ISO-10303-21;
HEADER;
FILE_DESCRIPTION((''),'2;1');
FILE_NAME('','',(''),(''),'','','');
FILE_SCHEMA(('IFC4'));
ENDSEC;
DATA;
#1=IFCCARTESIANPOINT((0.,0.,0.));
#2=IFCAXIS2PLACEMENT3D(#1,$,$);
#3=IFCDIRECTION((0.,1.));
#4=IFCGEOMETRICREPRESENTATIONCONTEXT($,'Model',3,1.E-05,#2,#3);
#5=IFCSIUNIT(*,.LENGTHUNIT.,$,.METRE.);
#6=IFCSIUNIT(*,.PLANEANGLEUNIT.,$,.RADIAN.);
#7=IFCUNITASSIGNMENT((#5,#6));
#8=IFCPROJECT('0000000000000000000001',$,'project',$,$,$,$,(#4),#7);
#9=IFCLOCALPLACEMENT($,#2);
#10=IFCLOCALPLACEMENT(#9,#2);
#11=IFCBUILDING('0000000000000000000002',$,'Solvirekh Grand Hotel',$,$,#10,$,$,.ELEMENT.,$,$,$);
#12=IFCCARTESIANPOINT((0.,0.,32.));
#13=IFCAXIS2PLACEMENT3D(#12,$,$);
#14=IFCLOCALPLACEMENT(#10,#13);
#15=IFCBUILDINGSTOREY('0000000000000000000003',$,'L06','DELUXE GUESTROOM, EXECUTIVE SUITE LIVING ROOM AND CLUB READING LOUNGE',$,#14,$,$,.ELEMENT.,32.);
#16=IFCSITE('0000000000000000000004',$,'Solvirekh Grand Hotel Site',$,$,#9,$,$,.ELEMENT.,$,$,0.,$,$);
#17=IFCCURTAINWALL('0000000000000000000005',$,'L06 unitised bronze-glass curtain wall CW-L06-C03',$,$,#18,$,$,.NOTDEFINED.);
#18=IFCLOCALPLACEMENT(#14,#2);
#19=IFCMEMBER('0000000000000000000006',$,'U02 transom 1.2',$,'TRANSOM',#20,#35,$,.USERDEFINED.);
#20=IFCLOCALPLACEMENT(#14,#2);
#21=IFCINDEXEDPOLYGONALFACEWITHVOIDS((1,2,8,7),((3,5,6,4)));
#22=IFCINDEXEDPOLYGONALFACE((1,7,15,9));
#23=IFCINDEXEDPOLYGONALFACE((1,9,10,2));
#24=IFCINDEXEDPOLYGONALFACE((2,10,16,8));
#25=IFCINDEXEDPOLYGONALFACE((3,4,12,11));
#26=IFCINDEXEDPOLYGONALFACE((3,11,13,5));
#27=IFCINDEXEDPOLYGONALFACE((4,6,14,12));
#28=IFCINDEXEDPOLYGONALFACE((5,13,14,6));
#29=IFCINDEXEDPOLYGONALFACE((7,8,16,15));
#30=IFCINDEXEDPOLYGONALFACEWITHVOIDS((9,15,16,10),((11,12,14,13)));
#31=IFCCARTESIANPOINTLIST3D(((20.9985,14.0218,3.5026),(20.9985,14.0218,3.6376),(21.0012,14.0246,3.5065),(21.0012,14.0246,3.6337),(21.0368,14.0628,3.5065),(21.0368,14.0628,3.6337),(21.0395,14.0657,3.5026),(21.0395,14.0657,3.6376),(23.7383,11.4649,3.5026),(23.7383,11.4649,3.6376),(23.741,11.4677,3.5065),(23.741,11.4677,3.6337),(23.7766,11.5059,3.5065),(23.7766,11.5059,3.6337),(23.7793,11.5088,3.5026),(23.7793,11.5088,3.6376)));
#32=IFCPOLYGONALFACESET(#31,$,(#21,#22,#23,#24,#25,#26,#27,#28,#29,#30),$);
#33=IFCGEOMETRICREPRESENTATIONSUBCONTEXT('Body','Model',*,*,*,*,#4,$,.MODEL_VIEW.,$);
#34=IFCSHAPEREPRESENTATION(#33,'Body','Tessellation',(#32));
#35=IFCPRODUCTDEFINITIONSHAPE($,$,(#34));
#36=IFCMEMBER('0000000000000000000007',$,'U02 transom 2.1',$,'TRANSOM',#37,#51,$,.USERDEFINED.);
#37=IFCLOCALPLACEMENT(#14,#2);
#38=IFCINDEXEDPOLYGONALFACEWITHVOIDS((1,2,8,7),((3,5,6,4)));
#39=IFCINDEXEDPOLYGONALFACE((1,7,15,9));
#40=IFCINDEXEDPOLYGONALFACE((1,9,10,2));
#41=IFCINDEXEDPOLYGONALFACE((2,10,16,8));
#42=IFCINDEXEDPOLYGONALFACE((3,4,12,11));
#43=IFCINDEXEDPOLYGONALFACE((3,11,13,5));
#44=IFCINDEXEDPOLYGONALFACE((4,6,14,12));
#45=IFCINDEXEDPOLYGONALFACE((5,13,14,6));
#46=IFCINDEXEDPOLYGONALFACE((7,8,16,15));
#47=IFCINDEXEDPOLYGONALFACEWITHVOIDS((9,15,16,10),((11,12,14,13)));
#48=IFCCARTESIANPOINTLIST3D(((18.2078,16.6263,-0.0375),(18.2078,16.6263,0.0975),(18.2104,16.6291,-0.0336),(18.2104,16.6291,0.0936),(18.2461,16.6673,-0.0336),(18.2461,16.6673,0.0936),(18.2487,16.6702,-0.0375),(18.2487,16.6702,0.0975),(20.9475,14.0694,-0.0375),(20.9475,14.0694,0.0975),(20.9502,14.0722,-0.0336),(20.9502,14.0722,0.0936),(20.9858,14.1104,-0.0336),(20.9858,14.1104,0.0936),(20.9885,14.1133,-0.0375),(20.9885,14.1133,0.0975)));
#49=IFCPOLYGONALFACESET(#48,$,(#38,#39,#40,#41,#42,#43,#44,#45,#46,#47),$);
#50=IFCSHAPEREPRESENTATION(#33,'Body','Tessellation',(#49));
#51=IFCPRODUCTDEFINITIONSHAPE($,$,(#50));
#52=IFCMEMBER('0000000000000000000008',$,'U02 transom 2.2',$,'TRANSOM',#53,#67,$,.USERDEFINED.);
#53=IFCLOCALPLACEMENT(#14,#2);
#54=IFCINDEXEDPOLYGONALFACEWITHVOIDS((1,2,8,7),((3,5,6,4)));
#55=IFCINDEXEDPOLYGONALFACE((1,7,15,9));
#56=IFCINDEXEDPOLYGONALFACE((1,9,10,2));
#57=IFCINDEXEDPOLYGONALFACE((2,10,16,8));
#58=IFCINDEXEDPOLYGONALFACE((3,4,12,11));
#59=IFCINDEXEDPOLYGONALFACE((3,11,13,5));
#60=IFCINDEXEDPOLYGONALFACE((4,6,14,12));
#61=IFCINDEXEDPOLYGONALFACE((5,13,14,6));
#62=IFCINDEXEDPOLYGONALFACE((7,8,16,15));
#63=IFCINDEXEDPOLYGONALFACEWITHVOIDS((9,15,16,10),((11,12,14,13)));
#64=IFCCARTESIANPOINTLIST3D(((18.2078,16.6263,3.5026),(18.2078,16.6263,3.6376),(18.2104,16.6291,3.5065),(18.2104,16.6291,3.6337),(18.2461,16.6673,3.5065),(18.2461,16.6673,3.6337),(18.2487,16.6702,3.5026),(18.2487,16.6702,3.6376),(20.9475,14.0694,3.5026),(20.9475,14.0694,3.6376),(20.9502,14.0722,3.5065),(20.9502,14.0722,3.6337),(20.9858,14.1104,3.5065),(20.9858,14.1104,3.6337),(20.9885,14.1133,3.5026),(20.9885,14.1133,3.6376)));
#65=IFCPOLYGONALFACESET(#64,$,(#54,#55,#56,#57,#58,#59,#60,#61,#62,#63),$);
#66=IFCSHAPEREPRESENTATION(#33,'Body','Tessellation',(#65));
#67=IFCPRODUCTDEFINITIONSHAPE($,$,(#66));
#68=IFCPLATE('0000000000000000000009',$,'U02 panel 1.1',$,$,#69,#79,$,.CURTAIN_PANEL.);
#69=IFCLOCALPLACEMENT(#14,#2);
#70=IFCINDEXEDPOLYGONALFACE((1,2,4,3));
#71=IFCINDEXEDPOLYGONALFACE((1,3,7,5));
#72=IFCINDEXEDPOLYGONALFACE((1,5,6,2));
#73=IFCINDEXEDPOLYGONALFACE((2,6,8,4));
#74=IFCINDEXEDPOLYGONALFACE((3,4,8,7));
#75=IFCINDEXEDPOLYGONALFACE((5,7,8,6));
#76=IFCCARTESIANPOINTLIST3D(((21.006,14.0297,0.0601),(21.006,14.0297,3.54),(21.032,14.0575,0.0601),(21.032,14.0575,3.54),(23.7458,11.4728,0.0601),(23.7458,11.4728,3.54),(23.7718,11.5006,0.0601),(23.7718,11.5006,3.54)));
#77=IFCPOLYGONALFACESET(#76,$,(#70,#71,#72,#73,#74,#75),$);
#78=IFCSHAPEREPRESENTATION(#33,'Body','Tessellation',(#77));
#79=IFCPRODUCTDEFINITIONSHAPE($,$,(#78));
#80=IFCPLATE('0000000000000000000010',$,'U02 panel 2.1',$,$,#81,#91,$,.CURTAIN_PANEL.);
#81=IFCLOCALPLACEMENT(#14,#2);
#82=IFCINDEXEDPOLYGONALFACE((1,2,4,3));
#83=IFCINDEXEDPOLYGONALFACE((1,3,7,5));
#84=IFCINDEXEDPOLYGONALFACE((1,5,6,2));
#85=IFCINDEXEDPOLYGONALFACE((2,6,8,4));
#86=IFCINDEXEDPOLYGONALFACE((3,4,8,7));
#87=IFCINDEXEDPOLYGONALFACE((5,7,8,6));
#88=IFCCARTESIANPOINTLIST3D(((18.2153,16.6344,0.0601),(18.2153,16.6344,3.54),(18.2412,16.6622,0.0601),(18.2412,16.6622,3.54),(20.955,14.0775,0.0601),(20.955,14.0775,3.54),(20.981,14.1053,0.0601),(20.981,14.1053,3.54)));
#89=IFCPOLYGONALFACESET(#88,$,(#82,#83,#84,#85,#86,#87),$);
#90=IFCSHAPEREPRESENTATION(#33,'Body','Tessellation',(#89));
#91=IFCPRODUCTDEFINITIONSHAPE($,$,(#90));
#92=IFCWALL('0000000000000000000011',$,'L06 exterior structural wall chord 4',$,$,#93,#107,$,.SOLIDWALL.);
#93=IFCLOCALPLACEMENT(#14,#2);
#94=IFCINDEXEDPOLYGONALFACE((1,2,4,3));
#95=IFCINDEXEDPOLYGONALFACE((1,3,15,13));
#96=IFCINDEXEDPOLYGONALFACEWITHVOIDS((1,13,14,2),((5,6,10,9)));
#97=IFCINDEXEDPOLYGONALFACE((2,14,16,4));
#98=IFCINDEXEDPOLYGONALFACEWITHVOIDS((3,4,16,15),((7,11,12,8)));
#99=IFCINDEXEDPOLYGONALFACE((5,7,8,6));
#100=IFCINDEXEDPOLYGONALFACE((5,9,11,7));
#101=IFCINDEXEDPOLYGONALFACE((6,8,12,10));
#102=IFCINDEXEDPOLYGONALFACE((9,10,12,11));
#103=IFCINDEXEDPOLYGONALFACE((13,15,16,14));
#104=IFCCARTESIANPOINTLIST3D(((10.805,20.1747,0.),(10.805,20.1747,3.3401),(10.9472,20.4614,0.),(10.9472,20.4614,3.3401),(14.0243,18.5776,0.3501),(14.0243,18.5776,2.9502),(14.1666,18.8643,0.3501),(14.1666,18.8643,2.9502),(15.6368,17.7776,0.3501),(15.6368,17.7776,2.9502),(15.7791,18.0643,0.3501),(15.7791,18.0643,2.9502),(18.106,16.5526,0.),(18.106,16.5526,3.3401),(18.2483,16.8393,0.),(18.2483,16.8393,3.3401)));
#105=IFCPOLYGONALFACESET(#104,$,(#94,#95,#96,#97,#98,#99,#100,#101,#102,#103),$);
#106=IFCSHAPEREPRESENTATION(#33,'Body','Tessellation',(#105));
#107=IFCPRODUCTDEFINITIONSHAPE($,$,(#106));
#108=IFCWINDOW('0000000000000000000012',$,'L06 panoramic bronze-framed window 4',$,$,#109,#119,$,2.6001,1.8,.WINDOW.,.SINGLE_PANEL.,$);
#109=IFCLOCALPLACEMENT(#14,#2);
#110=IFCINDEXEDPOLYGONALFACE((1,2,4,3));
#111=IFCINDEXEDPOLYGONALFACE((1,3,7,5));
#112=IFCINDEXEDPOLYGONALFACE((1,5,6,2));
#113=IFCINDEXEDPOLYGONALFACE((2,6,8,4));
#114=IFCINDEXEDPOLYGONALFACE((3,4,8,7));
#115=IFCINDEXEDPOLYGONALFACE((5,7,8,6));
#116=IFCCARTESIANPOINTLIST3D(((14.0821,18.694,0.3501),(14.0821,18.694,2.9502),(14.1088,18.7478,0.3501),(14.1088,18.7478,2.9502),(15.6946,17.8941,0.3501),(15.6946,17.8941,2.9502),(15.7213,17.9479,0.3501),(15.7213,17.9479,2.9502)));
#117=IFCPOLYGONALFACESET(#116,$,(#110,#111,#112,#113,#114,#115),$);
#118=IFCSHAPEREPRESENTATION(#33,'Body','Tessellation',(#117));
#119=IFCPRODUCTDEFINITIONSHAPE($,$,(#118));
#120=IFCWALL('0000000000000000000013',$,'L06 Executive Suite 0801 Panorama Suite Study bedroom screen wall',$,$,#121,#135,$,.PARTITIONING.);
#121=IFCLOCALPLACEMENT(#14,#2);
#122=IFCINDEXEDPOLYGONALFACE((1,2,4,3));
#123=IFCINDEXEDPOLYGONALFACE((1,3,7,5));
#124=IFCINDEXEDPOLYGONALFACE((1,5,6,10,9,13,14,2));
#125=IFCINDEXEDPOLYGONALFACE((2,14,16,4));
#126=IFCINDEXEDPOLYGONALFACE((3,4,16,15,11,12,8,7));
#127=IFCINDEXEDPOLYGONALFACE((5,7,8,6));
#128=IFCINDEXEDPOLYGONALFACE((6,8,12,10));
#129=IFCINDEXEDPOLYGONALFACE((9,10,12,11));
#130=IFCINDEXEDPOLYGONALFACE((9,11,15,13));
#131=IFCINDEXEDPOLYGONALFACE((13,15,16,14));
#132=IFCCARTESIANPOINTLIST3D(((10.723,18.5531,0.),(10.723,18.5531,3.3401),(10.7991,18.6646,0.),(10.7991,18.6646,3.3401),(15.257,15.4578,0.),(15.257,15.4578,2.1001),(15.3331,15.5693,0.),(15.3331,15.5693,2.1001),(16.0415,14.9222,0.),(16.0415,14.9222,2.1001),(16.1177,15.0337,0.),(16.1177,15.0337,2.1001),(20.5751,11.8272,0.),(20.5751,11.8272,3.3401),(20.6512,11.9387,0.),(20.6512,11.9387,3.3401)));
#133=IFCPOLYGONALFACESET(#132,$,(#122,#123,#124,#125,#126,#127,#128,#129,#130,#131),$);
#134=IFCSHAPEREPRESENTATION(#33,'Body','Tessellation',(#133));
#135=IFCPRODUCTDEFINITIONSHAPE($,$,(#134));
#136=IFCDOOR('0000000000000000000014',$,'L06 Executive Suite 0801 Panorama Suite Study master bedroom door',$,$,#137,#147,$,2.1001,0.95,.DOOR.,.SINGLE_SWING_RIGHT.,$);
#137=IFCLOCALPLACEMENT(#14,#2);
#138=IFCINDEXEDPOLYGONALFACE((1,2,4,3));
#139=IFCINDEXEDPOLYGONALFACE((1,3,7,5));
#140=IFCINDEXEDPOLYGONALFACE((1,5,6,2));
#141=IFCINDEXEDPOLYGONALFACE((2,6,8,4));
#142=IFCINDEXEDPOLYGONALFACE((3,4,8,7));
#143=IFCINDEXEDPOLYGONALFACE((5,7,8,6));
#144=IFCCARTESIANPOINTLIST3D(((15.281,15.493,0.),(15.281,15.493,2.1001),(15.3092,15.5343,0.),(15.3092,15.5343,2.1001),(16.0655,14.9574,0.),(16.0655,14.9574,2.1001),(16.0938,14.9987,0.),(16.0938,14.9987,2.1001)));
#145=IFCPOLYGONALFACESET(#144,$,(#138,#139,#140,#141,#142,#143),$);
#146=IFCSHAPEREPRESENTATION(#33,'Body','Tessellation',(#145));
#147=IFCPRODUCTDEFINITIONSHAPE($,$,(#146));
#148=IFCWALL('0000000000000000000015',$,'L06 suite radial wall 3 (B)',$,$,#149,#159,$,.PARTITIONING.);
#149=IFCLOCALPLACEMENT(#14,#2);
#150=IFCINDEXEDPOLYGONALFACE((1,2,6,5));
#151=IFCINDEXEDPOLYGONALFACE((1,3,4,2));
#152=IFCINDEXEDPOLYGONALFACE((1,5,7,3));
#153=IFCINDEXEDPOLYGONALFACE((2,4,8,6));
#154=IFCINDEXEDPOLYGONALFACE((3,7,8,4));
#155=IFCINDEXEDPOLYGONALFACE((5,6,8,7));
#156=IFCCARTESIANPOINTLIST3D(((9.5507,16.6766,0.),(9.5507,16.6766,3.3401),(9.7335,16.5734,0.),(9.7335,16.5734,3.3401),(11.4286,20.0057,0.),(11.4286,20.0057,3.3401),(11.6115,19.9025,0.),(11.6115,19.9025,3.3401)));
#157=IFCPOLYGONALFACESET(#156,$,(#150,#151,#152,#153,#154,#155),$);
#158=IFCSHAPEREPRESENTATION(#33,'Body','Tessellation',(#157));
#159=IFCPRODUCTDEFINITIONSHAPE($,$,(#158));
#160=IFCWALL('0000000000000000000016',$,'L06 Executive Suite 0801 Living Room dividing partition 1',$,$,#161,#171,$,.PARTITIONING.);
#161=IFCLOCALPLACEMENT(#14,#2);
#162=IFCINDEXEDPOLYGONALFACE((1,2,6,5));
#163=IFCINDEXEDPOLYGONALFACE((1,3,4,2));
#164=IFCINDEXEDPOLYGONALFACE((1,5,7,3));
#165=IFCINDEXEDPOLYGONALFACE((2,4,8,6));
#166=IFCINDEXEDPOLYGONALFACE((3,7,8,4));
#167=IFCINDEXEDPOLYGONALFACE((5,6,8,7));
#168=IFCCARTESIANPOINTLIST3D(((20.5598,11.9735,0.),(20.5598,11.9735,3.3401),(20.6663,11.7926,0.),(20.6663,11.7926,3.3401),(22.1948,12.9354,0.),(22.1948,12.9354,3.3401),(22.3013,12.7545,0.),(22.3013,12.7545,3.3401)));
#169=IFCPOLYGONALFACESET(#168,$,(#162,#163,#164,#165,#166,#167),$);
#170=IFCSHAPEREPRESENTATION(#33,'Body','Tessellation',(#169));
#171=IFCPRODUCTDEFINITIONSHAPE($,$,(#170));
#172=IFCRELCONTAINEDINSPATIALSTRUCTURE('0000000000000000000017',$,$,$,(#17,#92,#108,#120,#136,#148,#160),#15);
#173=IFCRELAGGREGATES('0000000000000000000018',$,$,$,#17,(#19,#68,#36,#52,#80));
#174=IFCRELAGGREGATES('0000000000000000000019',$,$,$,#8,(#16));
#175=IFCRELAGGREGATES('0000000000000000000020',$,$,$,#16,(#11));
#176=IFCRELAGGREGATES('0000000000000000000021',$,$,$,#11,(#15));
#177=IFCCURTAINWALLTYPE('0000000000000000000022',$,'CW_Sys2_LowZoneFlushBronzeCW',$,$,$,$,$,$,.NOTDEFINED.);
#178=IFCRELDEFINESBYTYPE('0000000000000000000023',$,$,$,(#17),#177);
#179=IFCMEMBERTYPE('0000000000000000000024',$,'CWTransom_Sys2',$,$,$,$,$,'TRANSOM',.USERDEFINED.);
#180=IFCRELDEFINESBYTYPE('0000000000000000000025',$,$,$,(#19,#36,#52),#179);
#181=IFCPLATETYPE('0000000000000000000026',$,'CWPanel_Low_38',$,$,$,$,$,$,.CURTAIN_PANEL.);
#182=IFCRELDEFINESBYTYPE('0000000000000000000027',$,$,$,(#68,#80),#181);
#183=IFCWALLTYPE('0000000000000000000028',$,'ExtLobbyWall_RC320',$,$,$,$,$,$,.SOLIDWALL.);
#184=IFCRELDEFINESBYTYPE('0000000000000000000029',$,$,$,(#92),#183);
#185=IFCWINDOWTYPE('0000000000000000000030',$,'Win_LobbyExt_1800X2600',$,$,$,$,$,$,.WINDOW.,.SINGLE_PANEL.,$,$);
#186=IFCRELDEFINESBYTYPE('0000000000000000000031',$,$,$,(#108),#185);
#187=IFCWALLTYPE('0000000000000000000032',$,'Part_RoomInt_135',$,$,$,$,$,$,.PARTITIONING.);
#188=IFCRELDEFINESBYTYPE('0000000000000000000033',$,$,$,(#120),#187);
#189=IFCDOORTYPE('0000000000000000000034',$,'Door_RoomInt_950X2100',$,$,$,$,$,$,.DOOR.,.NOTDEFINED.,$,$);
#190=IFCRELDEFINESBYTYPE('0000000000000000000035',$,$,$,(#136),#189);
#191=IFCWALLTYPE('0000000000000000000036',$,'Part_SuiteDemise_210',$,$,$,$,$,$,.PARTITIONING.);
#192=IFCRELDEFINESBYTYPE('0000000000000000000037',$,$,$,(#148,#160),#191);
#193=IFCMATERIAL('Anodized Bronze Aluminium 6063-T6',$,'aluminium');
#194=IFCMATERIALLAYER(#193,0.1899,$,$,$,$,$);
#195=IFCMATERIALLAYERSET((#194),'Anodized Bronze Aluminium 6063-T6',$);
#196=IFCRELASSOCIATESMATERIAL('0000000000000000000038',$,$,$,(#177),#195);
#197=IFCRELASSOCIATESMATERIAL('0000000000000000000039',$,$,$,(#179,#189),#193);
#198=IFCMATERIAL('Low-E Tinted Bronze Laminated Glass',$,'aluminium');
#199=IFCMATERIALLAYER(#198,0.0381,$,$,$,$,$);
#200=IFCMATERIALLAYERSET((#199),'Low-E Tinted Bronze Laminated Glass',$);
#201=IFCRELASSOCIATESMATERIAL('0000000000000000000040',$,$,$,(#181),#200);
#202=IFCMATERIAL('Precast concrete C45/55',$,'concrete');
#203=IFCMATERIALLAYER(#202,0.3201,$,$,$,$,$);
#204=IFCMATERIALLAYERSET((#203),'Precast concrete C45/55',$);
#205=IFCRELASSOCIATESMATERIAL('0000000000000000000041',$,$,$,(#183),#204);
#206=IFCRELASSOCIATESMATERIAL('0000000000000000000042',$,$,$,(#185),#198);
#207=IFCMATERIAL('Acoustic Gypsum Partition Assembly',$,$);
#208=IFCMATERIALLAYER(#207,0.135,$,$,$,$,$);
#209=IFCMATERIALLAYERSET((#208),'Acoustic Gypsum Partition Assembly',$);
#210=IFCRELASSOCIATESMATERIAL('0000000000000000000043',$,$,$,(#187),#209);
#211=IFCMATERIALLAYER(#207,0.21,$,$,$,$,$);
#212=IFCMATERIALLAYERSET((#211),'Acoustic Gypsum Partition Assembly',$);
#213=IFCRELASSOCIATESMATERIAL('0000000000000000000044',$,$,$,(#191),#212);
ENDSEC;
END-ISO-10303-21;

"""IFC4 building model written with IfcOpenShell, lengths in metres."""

from ifc_helpers import new_model, si_unit, direction, frame, frame_2d, origin, origin_2d, place, context, subcontext, project, spatial, rectangle, hollow_rectangle, extrude, source, transform, mapped, material, layer, layer_set, material_profile, profile_set, type_object, element, fill, aggregate, save


model = new_model("IFC4")

# Units and contexts
model_context = context("Model", 3, precision=1e-05, world=origin(), true_north=direction((0.0, 1.0)))
body_context = subcontext(model_context, "Body", "Model", "MODEL_VIEW")
ifc_project = project(units=[si_unit("LENGTHUNIT", "METRE"), si_unit("PLANEANGLEUNIT", "RADIAN")], contexts=[model_context])

# Site, building, storey
site_placement = place(None, origin())
site = spatial("IfcSite", under=ifc_project, at=site_placement, Name="Solvirekh Grand Hotel Site", CompositionType="ELEMENT", RefElevation=0.0)
building_placement = place(site_placement, origin())
building = spatial("IfcBuilding", under=site, at=building_placement, Name="Solvirekh Grand Hotel", CompositionType="ELEMENT")
storey_placement = place(building_placement, frame((0.0, 0.0, 32.0)))
storey = spatial("IfcBuildingStorey", under=building, at=storey_placement, Name="L06", Description="DELUXE GUESTROOM, EXECUTIVE SUITE LIVING ROOM AND CLUB READING LOUNGE", CompositionType="ELEMENT", Elevation=32.0)

# Curtain wall
ifc_material_1 = material(Name="Anodized Bronze Aluminium 6063-T6", Category="aluminium")
ifc_layer_1 = layer(ifc_material_1, 0.1899)
ifc_layer_set_1 = layer_set([ifc_layer_1], Name="Anodized Bronze Aluminium 6063-T6")
curtain_wall_type = type_object("IfcCurtainWallType", Name="CW_Sys2_LowZoneFlushBronzeCW", PredefinedType="NOTDEFINED", material=ifc_layer_set_1)
curtain_wall_1_placement = place(storey_placement, origin())
curtain_wall_1 = element("IfcCurtainWall", 1, at=curtain_wall_1_placement, inside=storey, type_object=curtain_wall_type, Name="L06 unitised bronze-glass curtain wall CW-L06-C03", PredefinedType="NOTDEFINED")
ifc_material_profile_1 = material_profile(ifc_material_1, hollow_rectangle(XDim=0.0601, YDim=0.135, WallThickness=0.0039, at=origin_2d()), Name="ALU RHS 135X60X4")
ifc_profile_set_1 = profile_set([ifc_material_profile_1], Name="Anodized Bronze Aluminium 6063-T6")
member_type_1 = type_object("IfcMemberType", Name="CWTransom_Sys2", ElementType="TRANSOM", PredefinedType="USERDEFINED", material=ifc_profile_set_1)

# Members
shared_shape_1 = source(origin(), body_context, "Body", "SweptSolid", [
    extrude(hollow_rectangle(XDim=0.0601, YDim=0.135, WallThickness=0.0039, at=origin_2d()), origin(), (0.0, 0.0, 1.0), 3.7476),
])
member_1_placement = place(storey_placement, frame((23.7588, 11.4868, 3.5701), z_axis=(-0.731083, 0.682288, 0.0), x_axis=(-0.682288, -0.731083, 0.0)))
member_1 = element("IfcMember", 2, at=member_1_placement, type_object=member_type_1, Name="U02 transom 1.2", ObjectType="TRANSOM", PredefinedType="USERDEFINED", context=body_context, shape_type="MappedRepresentation", body=[
    mapped(shared_shape_1, transform((0.0, 0.0, 0.0), x_axis=(1.0, 0.0, 0.0), y_axis=(0.0, 1.0, 0.0), z_axis=(0.0, 0.0, 1.0), scale=1.0)),
])
member_2_placement = place(storey_placement, frame((20.968, 14.0913, 0.03), z_axis=(-0.731083, 0.682288, 0.0), x_axis=(-0.682288, -0.731083, 0.0)))
member_2 = element("IfcMember", 3, at=member_2_placement, type_object=member_type_1, Name="U02 transom 2.1", ObjectType="TRANSOM", PredefinedType="USERDEFINED", context=body_context, shape_type="MappedRepresentation", body=[
    mapped(shared_shape_1, transform((0.0, 0.0, 0.0), x_axis=(1.0, 0.0, 0.0), y_axis=(0.0, 1.0, 0.0), z_axis=(0.0, 0.0, 1.0), scale=1.0)),
])
member_3_placement = place(storey_placement, frame((20.968, 14.0913, 3.5701), z_axis=(-0.731083, 0.682288, 0.0), x_axis=(-0.682288, -0.731083, 0.0)))
member_3 = element("IfcMember", 4, at=member_3_placement, type_object=member_type_1, Name="U02 transom 2.2", ObjectType="TRANSOM", PredefinedType="USERDEFINED", context=body_context, shape_type="MappedRepresentation", body=[
    mapped(shared_shape_1, transform((0.0, 0.0, 0.0), x_axis=(1.0, 0.0, 0.0), y_axis=(0.0, 1.0, 0.0), z_axis=(0.0, 0.0, 1.0), scale=1.0)),
])

# Plates
ifc_material_2 = material(Name="Low-E Tinted Bronze Laminated Glass", Category="aluminium")
ifc_layer_2 = layer(ifc_material_2, 0.0381)
ifc_layer_set_2 = layer_set([ifc_layer_2], Name="Low-E Tinted Bronze Laminated Glass")
plate_type = type_object("IfcPlateType", Name="CWPanel_Low_38", PredefinedType="CURTAIN_PANEL", material=ifc_layer_set_2)
shared_shape_2 = source(origin(), body_context, "Body", "SweptSolid", [
    extrude(rectangle(XDim=3.7476, YDim=0.0381, at=origin_2d()), origin(), (0.0, 0.0, 1.0), 3.48),
])
plate_1_placement = place(storey_placement, frame((22.3889, 12.7651, 0.0601), z_axis=(0.0, 0.0, 1.0), x_axis=(-0.731085, 0.682286, 0.0)))
plate_1 = element("IfcPlate", 5, at=plate_1_placement, type_object=plate_type, Name="U02 panel 1.1", PredefinedType="CURTAIN_PANEL", context=body_context, shape_type="MappedRepresentation", body=[
    mapped(shared_shape_2, transform((0.0, 0.0, 0.0), x_axis=(1.0, 0.0, 0.0), y_axis=(0.0, 1.0, 0.0), z_axis=(0.0, 0.0, 1.0), scale=1.0)),
])
plate_2_placement = place(storey_placement, frame((19.5981, 15.3699, 0.0601), z_axis=(0.0, 0.0, 1.0), x_axis=(-0.731085, 0.682286, 0.0)))
plate_2 = element("IfcPlate", 6, at=plate_2_placement, type_object=plate_type, Name="U02 panel 2.1", PredefinedType="CURTAIN_PANEL", context=body_context, shape_type="MappedRepresentation", body=[
    mapped(shared_shape_2, transform((0.0, 0.0, 0.0), x_axis=(1.0, 0.0, 0.0), y_axis=(0.0, 1.0, 0.0), z_axis=(0.0, 0.0, 1.0), scale=1.0)),
])
aggregate(curtain_wall_1, [member_1, plate_1, member_2, member_3, plate_2])

# Wall, opening, window
ifc_material_3 = material(Name="Precast concrete C45/55", Category="concrete")
ifc_layer_3 = layer(ifc_material_3, 0.3201)
ifc_layer_set_3 = layer_set([ifc_layer_3], Name="Precast concrete C45/55")
wall_type_1 = type_object("IfcWallType", Name="ExtLobbyWall_RC320", PredefinedType="SOLIDWALL", material=ifc_layer_set_3)
wall_1_placement = place(storey_placement, frame((10.876, 20.3181, 0.0), z_axis=(0.0, 0.0, 1.0), x_axis=(0.895819, -0.44442, 0.0)))
wall_1 = element("IfcWall", 7, at=wall_1_placement, inside=storey, type_object=wall_type_1, Name="L06 exterior structural wall chord 4", PredefinedType="SOLIDWALL", context=body_context, shape_type="SweptSolid", body=[
    extrude(rectangle(XDim=8.1501, YDim=0.3201, at=frame_2d((4.0752, 0.0))), origin(), (0.0, 0.0, 1.0), 3.3401),
])
opening_1_placement = place(wall_1_placement, frame((3.594, 0.0, 0.3501)))
opening_1 = element("IfcOpeningElement", 8, at=opening_1_placement, cuts=wall_1, PredefinedType="OPENING", context=body_context, shape_type="SweptSolid", body=[
    extrude(rectangle(XDim=1.8, YDim=2.6001, at=frame_2d((0.8999, 1.3))), frame((0.0, 0.1699, 0.0), z_axis=(0.0, -1.0, 0.0), x_axis=(1.0, 0.0, 0.0)), (0.0, 0.0, 1.0), 0.3401),
])
window_type = type_object("IfcWindowType", Name="Win_LobbyExt_1800X2600", PartitioningType="SINGLE_PANEL", PredefinedType="WINDOW", material=ifc_material_2)
window_placement = place(opening_1_placement, origin())
window = element("IfcWindow", 9, at=window_placement, inside=storey, type_object=window_type, Name="L06 panoramic bronze-framed window 4", OverallHeight=2.6001, OverallWidth=1.8, PartitioningType="SINGLE_PANEL", PredefinedType="WINDOW", context=body_context, shape_type="SweptSolid", body=[
    extrude(rectangle(XDim=1.8, YDim=2.6001, at=frame_2d((0.8999, 1.3))), frame((0.0, 0.03, 0.0), z_axis=(0.0, -1.0, 0.0), x_axis=(1.0, 0.0, 0.0)), (0.0, 0.0, 1.0), 0.0601),
])
fill(opening_1, window)

# Wall, opening, door
ifc_material_4 = material(Name="Acoustic Gypsum Partition Assembly")
ifc_layer_4 = layer(ifc_material_4, 0.135)
ifc_layer_set_4 = layer_set([ifc_layer_4], Name="Acoustic Gypsum Partition Assembly")
wall_type_2 = type_object("IfcWallType", Name="Part_RoomInt_135", PredefinedType="PARTITIONING", material=ifc_layer_set_4)
wall_2_placement = place(storey_placement, frame((20.613, 11.8831, 0.0), z_axis=(0.0, 0.0, 1.0), x_axis=(-0.825895, 0.563824, 0.0)))
wall_2 = element("IfcWall", 10, at=wall_2_placement, inside=storey, type_object=wall_type_2, Name="L06 Executive Suite 0801 Panorama Suite Study bedroom screen wall", PredefinedType="PARTITIONING", context=body_context, shape_type="SweptSolid", body=[
    extrude(rectangle(XDim=11.929, YDim=0.135, at=frame_2d((5.9644, 0.0))), origin(), (0.0, 0.0, 1.0), 3.3401),
])
opening_2_placement = place(wall_2_placement, frame((5.489, 0.0, 0.0)))
opening_2 = element("IfcOpeningElement", 11, at=opening_2_placement, cuts=wall_2, PredefinedType="OPENING", context=body_context, shape_type="SweptSolid", body=[
    extrude(rectangle(XDim=0.95, YDim=2.1001, at=frame_2d((0.4751, 1.05))), frame((0.0, 0.0776, 0.0), z_axis=(0.0, -1.0, 0.0), x_axis=(1.0, 0.0, 0.0)), (0.0, 0.0, 1.0), 0.155),
])
door_type = type_object("IfcDoorType", Name="Door_RoomInt_950X2100", OperationType="NOTDEFINED", PredefinedType="DOOR", material=ifc_material_1)
door_placement = place(opening_2_placement, origin())
door = element("IfcDoor", 12, at=door_placement, inside=storey, type_object=door_type, Name="L06 Executive Suite 0801 Panorama Suite Study master bedroom door", OperationType="SINGLE_SWING_RIGHT", OverallHeight=2.1001, OverallWidth=0.95, PredefinedType="DOOR", context=body_context, shape_type="SweptSolid", body=[
    extrude(rectangle(XDim=0.95, YDim=2.1001, at=frame_2d((0.4751, 1.05))), frame((0.0, 0.0249, 0.0), z_axis=(0.0, -1.0, 0.0), x_axis=(1.0, 0.0, 0.0)), (0.0, 0.0, 1.0), 0.05),
])
fill(opening_2, door)

# Walls
ifc_layer_5 = layer(ifc_material_4, 0.21)
ifc_layer_set_5 = layer_set([ifc_layer_5], Name="Acoustic Gypsum Partition Assembly")
wall_type_3 = type_object("IfcWallType", Name="Part_SuiteDemise_210", PredefinedType="PARTITIONING", material=ifc_layer_set_5)
wall_3_placement = place(storey_placement, frame((9.6421, 16.625, 0.0), z_axis=(0.0, 0.0, 1.0), x_axis=(0.491316, 0.870981, 0.0)))
element("IfcWall", 13, at=wall_3_placement, inside=storey, type_object=wall_type_3, Name="L06 suite radial wall 3 (B)", PredefinedType="PARTITIONING", context=body_context, shape_type="SweptSolid", body=[
    extrude(rectangle(XDim=3.8223, YDim=0.21, at=frame_2d((1.9111, 0.0))), origin(), (0.0, 0.0, 1.0), 3.3401),
])
wall_4_placement = place(storey_placement, frame((20.613, 11.8831, 0.0), z_axis=(0.0, 0.0, 1.0), x_axis=(0.861901, 0.507076, 0.0)))
element("IfcWall", 14, at=wall_4_placement, inside=storey, type_object=wall_type_3, Name="L06 Executive Suite 0801 Living Room dividing partition 1", PredefinedType="PARTITIONING", context=body_context, shape_type="SweptSolid", body=[
    extrude(rectangle(XDim=1.897, YDim=0.21, at=frame_2d((0.9485, 0.0))), origin(), (0.0, 0.0, 1.0), 3.3401),
])

save(model, "model.ifc")
